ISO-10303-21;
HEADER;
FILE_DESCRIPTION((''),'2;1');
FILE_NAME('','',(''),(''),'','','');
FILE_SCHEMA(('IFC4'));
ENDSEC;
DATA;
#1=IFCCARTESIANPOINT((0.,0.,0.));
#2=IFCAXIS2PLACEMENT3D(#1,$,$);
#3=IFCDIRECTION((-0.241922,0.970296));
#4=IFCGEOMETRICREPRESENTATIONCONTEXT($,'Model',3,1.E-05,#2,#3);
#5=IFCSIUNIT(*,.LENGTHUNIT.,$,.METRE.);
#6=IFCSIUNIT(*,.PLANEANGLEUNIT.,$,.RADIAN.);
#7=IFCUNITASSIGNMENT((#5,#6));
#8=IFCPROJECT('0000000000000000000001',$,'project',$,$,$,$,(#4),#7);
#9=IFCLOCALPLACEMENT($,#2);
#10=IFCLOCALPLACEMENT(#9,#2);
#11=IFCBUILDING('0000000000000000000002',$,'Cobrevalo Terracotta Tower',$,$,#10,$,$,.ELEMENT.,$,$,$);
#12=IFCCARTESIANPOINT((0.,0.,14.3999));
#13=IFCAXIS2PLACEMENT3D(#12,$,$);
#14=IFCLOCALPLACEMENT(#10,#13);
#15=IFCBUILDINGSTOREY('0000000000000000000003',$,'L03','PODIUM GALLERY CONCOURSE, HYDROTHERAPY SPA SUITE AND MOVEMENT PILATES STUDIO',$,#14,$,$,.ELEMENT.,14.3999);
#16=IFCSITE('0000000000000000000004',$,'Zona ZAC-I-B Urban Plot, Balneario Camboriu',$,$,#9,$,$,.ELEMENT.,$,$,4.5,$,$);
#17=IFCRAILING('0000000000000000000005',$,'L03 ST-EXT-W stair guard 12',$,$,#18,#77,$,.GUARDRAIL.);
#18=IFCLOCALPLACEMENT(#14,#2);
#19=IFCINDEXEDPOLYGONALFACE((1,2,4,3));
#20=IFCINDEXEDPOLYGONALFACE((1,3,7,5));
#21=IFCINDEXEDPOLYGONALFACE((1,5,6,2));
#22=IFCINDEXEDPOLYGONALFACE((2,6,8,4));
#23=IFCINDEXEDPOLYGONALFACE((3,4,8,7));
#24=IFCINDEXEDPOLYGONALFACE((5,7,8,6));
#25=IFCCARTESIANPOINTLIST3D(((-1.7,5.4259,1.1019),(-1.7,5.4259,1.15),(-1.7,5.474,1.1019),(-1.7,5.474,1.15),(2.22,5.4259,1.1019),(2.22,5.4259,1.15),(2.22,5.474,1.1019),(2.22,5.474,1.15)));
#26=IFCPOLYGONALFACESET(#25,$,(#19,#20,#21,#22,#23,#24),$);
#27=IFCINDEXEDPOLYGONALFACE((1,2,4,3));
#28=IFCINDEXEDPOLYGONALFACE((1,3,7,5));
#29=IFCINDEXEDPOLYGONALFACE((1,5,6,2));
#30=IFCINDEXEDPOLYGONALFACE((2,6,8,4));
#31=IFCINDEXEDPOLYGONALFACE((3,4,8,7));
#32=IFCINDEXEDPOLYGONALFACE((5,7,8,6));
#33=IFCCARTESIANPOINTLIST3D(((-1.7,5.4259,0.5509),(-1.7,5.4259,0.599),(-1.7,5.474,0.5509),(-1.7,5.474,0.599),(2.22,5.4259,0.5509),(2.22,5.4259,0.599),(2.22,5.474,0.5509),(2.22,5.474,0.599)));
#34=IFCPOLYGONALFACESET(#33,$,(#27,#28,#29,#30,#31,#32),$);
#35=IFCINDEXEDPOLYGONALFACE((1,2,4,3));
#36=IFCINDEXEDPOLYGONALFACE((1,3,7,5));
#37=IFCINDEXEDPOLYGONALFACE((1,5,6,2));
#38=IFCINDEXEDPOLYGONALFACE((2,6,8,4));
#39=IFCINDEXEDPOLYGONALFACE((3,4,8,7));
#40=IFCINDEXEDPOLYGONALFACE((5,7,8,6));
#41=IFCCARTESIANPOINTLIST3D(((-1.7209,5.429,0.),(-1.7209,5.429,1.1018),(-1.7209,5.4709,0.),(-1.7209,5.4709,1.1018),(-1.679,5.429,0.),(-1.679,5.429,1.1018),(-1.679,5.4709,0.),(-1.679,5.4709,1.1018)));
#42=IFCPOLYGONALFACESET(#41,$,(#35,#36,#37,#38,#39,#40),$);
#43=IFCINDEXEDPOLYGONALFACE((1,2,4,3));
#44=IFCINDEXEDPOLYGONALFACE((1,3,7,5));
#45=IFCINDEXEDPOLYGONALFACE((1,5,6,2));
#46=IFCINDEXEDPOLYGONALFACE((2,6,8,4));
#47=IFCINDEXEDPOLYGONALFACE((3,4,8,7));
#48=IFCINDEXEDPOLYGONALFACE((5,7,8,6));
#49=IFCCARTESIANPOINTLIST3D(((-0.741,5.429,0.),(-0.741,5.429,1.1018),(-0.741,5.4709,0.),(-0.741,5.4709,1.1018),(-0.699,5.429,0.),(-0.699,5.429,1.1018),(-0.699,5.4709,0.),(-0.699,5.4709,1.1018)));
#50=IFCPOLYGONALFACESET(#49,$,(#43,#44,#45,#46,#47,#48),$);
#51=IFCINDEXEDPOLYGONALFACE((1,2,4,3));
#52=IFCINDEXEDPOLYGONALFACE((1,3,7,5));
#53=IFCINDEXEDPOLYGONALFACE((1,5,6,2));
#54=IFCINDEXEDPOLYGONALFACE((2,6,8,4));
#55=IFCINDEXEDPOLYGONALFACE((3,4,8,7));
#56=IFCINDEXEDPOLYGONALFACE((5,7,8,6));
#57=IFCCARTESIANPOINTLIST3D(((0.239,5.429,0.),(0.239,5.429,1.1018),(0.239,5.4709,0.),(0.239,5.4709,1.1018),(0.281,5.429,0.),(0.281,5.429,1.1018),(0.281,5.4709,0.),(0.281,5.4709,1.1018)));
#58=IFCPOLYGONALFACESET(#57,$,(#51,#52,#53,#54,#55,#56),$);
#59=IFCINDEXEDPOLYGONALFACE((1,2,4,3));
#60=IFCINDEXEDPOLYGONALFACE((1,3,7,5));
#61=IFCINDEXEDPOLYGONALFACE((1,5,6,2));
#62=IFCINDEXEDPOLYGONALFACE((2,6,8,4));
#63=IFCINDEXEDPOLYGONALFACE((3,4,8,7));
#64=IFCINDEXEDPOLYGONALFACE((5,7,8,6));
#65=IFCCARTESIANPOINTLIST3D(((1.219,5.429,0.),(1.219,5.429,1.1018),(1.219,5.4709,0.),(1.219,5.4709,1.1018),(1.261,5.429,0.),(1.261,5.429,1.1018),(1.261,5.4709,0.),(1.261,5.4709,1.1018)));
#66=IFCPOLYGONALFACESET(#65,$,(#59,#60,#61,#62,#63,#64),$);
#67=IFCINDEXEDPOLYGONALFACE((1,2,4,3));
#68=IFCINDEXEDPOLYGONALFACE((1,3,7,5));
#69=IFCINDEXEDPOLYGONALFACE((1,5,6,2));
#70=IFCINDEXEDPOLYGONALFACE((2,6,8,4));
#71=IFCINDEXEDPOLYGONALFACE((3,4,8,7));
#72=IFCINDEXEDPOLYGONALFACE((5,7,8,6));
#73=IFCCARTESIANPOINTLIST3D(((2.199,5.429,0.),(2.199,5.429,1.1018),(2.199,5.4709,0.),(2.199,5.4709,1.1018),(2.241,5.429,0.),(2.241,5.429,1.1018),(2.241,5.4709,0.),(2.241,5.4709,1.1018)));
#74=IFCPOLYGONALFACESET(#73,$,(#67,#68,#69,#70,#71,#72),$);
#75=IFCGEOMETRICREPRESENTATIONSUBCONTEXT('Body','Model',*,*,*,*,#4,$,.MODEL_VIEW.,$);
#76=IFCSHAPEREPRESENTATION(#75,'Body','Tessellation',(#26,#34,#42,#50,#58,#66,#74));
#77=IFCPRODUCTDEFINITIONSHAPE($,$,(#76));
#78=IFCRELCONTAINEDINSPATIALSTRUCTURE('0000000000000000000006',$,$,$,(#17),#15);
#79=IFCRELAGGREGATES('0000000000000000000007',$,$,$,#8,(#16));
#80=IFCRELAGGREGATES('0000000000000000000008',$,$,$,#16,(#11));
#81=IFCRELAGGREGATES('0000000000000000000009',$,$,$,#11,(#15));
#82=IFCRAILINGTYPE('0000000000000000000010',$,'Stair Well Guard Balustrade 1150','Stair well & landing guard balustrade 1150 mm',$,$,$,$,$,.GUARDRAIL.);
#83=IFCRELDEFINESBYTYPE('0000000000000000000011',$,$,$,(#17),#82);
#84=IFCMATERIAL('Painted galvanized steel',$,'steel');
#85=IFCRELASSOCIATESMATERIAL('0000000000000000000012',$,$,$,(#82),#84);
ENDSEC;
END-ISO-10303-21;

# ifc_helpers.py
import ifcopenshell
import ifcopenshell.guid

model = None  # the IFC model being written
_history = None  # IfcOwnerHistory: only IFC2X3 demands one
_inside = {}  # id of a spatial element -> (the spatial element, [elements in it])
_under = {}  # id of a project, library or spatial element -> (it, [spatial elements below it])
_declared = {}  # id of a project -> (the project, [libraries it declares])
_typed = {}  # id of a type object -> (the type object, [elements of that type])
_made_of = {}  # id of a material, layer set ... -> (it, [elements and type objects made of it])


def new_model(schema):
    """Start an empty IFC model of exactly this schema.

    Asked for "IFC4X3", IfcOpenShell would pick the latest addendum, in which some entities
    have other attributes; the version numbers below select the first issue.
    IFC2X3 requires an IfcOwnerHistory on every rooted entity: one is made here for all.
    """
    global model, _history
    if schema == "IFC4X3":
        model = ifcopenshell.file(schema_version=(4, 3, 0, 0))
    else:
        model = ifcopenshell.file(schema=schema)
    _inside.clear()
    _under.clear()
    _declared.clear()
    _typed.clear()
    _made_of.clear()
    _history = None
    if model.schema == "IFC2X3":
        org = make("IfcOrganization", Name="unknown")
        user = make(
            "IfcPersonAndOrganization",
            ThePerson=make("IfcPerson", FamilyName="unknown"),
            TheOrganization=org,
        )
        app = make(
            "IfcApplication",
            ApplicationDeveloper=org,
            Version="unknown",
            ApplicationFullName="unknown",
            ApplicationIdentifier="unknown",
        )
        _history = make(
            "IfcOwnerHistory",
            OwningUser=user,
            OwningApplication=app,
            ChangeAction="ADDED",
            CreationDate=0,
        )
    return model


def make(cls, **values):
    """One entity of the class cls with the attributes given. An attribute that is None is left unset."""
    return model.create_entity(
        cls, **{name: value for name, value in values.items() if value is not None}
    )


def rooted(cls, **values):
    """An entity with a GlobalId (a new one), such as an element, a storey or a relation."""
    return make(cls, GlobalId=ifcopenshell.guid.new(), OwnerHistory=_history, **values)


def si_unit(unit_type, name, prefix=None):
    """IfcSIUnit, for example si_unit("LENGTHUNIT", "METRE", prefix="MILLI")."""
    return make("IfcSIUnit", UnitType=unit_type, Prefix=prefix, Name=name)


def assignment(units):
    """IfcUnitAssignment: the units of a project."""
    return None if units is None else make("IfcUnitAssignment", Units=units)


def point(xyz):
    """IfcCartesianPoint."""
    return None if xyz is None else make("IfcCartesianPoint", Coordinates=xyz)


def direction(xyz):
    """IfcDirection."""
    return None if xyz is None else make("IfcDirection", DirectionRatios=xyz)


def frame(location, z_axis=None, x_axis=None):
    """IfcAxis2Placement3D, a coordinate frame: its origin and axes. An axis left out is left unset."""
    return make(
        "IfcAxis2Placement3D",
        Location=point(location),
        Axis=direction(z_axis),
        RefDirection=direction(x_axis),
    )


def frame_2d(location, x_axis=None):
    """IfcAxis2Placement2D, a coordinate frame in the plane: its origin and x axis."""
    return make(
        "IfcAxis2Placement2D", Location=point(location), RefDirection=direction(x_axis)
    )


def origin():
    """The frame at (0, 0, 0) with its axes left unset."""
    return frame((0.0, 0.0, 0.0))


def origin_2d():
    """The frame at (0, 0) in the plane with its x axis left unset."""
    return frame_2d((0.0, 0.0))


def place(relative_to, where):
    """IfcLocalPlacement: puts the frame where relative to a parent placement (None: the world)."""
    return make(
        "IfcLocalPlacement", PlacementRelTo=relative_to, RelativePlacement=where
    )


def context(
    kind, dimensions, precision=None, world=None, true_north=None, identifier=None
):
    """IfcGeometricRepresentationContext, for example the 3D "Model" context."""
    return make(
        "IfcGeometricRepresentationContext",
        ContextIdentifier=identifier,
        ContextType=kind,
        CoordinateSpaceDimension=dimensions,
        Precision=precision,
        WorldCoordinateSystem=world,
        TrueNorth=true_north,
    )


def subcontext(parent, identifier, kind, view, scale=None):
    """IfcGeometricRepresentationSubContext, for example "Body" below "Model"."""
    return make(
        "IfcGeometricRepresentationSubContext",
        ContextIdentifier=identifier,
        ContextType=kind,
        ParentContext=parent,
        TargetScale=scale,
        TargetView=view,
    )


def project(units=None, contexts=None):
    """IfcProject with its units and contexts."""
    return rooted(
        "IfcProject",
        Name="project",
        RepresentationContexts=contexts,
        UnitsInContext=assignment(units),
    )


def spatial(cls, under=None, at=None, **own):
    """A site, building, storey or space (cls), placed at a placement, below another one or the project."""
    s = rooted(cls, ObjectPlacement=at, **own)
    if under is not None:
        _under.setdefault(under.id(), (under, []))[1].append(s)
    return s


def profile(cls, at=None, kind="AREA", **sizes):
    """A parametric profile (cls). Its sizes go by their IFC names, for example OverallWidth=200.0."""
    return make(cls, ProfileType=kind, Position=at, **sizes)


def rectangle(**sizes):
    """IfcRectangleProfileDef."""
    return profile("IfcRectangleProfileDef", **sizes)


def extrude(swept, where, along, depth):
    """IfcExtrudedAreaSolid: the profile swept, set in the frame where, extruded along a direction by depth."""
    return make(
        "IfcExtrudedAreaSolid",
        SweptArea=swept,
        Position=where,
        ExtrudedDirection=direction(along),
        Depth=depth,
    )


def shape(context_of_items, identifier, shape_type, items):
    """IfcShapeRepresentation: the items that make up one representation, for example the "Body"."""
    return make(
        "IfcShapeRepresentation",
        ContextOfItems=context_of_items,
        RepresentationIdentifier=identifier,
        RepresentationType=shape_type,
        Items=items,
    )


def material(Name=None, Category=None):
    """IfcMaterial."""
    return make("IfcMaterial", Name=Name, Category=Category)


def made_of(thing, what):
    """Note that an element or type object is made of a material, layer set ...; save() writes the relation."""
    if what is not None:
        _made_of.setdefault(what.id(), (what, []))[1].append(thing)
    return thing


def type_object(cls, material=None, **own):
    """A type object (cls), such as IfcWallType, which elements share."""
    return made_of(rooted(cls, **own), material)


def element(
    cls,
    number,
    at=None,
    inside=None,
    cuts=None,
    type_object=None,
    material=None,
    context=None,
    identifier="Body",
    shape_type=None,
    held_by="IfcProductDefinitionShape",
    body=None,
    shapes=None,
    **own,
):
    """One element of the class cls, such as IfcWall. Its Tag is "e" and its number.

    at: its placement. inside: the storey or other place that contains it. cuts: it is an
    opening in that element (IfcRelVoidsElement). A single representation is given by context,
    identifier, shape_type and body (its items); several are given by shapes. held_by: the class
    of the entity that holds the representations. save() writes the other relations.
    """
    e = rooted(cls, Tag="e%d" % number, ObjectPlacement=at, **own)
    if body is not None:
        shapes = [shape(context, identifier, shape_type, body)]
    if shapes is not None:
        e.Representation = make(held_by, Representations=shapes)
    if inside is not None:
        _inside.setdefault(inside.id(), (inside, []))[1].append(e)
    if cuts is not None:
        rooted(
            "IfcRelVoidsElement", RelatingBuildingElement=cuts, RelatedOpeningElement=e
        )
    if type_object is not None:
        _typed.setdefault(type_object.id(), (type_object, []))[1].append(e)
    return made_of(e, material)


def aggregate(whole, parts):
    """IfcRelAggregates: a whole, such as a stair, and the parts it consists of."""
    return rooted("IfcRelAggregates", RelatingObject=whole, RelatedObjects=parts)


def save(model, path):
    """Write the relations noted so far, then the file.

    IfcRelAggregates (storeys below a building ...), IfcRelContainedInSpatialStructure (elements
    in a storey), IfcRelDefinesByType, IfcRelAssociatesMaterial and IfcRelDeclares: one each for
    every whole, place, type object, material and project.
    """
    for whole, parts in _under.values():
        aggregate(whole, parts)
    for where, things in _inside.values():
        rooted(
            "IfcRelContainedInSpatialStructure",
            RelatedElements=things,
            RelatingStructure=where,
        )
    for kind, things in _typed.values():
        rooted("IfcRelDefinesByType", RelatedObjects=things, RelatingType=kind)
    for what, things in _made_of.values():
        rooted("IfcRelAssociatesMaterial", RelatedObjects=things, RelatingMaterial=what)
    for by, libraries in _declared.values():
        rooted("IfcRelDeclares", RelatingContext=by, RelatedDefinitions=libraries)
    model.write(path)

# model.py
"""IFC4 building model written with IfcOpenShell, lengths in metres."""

from ifc_helpers import new_model, si_unit, direction, frame, origin, origin_2d, place, context, subcontext, project, spatial, rectangle, extrude, material, type_object, element, save


model = new_model("IFC4")

# Units and contexts
model_context = context("Model", 3, precision=1e-05, world=origin(), true_north=direction((-0.241922, 0.970296)))
body_context = subcontext(model_context, "Body", "Model", "MODEL_VIEW")
ifc_project = project(units=[si_unit("LENGTHUNIT", "METRE"), si_unit("PLANEANGLEUNIT", "RADIAN")], contexts=[model_context])

# Site, building, storey
site_placement = place(None, origin())
site = spatial("IfcSite", under=ifc_project, at=site_placement, Name="Zona ZAC-I-B Urban Plot, Balneario Camboriu", CompositionType="ELEMENT", RefElevation=4.5)
building_placement = place(site_placement, origin())
building = spatial("IfcBuilding", under=site, at=building_placement, Name="Cobrevalo Terracotta Tower", CompositionType="ELEMENT")
storey_placement = place(building_placement, frame((0.0, 0.0, 14.3999)))
storey = spatial("IfcBuildingStorey", under=building, at=storey_placement, Name="L03", Description="PODIUM GALLERY CONCOURSE, HYDROTHERAPY SPA SUITE AND MOVEMENT PILATES STUDIO", CompositionType="ELEMENT", Elevation=14.3999)

# Railing
ifc_material_1 = material(Name="Painted galvanized steel", Category="steel")
railing_type_1 = type_object("IfcRailingType", Name="Stair Well Guard Balustrade 1150", Description="Stair well & landing guard balustrade 1150 mm", PredefinedType="GUARDRAIL", material=ifc_material_1)
railing_1_placement = place(storey_placement, frame((-1.7, 5.45, 0.0)))
element("IfcRailing", 1, at=railing_1_placement, inside=storey, type_object=railing_type_1, Name="L03 ST-EXT-W stair guard 12", PredefinedType="GUARDRAIL", context=body_context, shape_type="SweptSolid", body=[
    extrude(rectangle(XDim=0.0481, YDim=0.0481, at=origin_2d()), frame((0.0, 0.0, 1.126), z_axis=(1.0, 0.0, 0.0), x_axis=(0.0, 1.0, 0.0)), (0.0, 0.0, 1.0), 3.9199),
    extrude(rectangle(XDim=0.0481, YDim=0.0481, at=origin_2d()), frame((0.0, 0.0, 0.575), z_axis=(1.0, 0.0, 0.0), x_axis=(0.0, 1.0, 0.0)), (0.0, 0.0, 1.0), 3.9199),
    extrude(rectangle(XDim=0.042, YDim=0.042, at=origin_2d()), origin(), (0.0, 0.0, 1.0), 1.1018),
    extrude(rectangle(XDim=0.042, YDim=0.042, at=origin_2d()), frame((0.98, 0.0, 0.0)), (0.0, 0.0, 1.0), 1.1018),
    extrude(rectangle(XDim=0.042, YDim=0.042, at=origin_2d()), frame((1.96, 0.0, 0.0)), (0.0, 0.0, 1.0), 1.1018),
    extrude(rectangle(XDim=0.042, YDim=0.042, at=origin_2d()), frame((2.9399, 0.0, 0.0)), (0.0, 0.0, 1.0), 1.1018),
    extrude(rectangle(XDim=0.042, YDim=0.042, at=origin_2d()), frame((3.9199, 0.0, 0.0)), (0.0, 0.0, 1.0), 1.1018),
])

save(model, "model.ifc")
